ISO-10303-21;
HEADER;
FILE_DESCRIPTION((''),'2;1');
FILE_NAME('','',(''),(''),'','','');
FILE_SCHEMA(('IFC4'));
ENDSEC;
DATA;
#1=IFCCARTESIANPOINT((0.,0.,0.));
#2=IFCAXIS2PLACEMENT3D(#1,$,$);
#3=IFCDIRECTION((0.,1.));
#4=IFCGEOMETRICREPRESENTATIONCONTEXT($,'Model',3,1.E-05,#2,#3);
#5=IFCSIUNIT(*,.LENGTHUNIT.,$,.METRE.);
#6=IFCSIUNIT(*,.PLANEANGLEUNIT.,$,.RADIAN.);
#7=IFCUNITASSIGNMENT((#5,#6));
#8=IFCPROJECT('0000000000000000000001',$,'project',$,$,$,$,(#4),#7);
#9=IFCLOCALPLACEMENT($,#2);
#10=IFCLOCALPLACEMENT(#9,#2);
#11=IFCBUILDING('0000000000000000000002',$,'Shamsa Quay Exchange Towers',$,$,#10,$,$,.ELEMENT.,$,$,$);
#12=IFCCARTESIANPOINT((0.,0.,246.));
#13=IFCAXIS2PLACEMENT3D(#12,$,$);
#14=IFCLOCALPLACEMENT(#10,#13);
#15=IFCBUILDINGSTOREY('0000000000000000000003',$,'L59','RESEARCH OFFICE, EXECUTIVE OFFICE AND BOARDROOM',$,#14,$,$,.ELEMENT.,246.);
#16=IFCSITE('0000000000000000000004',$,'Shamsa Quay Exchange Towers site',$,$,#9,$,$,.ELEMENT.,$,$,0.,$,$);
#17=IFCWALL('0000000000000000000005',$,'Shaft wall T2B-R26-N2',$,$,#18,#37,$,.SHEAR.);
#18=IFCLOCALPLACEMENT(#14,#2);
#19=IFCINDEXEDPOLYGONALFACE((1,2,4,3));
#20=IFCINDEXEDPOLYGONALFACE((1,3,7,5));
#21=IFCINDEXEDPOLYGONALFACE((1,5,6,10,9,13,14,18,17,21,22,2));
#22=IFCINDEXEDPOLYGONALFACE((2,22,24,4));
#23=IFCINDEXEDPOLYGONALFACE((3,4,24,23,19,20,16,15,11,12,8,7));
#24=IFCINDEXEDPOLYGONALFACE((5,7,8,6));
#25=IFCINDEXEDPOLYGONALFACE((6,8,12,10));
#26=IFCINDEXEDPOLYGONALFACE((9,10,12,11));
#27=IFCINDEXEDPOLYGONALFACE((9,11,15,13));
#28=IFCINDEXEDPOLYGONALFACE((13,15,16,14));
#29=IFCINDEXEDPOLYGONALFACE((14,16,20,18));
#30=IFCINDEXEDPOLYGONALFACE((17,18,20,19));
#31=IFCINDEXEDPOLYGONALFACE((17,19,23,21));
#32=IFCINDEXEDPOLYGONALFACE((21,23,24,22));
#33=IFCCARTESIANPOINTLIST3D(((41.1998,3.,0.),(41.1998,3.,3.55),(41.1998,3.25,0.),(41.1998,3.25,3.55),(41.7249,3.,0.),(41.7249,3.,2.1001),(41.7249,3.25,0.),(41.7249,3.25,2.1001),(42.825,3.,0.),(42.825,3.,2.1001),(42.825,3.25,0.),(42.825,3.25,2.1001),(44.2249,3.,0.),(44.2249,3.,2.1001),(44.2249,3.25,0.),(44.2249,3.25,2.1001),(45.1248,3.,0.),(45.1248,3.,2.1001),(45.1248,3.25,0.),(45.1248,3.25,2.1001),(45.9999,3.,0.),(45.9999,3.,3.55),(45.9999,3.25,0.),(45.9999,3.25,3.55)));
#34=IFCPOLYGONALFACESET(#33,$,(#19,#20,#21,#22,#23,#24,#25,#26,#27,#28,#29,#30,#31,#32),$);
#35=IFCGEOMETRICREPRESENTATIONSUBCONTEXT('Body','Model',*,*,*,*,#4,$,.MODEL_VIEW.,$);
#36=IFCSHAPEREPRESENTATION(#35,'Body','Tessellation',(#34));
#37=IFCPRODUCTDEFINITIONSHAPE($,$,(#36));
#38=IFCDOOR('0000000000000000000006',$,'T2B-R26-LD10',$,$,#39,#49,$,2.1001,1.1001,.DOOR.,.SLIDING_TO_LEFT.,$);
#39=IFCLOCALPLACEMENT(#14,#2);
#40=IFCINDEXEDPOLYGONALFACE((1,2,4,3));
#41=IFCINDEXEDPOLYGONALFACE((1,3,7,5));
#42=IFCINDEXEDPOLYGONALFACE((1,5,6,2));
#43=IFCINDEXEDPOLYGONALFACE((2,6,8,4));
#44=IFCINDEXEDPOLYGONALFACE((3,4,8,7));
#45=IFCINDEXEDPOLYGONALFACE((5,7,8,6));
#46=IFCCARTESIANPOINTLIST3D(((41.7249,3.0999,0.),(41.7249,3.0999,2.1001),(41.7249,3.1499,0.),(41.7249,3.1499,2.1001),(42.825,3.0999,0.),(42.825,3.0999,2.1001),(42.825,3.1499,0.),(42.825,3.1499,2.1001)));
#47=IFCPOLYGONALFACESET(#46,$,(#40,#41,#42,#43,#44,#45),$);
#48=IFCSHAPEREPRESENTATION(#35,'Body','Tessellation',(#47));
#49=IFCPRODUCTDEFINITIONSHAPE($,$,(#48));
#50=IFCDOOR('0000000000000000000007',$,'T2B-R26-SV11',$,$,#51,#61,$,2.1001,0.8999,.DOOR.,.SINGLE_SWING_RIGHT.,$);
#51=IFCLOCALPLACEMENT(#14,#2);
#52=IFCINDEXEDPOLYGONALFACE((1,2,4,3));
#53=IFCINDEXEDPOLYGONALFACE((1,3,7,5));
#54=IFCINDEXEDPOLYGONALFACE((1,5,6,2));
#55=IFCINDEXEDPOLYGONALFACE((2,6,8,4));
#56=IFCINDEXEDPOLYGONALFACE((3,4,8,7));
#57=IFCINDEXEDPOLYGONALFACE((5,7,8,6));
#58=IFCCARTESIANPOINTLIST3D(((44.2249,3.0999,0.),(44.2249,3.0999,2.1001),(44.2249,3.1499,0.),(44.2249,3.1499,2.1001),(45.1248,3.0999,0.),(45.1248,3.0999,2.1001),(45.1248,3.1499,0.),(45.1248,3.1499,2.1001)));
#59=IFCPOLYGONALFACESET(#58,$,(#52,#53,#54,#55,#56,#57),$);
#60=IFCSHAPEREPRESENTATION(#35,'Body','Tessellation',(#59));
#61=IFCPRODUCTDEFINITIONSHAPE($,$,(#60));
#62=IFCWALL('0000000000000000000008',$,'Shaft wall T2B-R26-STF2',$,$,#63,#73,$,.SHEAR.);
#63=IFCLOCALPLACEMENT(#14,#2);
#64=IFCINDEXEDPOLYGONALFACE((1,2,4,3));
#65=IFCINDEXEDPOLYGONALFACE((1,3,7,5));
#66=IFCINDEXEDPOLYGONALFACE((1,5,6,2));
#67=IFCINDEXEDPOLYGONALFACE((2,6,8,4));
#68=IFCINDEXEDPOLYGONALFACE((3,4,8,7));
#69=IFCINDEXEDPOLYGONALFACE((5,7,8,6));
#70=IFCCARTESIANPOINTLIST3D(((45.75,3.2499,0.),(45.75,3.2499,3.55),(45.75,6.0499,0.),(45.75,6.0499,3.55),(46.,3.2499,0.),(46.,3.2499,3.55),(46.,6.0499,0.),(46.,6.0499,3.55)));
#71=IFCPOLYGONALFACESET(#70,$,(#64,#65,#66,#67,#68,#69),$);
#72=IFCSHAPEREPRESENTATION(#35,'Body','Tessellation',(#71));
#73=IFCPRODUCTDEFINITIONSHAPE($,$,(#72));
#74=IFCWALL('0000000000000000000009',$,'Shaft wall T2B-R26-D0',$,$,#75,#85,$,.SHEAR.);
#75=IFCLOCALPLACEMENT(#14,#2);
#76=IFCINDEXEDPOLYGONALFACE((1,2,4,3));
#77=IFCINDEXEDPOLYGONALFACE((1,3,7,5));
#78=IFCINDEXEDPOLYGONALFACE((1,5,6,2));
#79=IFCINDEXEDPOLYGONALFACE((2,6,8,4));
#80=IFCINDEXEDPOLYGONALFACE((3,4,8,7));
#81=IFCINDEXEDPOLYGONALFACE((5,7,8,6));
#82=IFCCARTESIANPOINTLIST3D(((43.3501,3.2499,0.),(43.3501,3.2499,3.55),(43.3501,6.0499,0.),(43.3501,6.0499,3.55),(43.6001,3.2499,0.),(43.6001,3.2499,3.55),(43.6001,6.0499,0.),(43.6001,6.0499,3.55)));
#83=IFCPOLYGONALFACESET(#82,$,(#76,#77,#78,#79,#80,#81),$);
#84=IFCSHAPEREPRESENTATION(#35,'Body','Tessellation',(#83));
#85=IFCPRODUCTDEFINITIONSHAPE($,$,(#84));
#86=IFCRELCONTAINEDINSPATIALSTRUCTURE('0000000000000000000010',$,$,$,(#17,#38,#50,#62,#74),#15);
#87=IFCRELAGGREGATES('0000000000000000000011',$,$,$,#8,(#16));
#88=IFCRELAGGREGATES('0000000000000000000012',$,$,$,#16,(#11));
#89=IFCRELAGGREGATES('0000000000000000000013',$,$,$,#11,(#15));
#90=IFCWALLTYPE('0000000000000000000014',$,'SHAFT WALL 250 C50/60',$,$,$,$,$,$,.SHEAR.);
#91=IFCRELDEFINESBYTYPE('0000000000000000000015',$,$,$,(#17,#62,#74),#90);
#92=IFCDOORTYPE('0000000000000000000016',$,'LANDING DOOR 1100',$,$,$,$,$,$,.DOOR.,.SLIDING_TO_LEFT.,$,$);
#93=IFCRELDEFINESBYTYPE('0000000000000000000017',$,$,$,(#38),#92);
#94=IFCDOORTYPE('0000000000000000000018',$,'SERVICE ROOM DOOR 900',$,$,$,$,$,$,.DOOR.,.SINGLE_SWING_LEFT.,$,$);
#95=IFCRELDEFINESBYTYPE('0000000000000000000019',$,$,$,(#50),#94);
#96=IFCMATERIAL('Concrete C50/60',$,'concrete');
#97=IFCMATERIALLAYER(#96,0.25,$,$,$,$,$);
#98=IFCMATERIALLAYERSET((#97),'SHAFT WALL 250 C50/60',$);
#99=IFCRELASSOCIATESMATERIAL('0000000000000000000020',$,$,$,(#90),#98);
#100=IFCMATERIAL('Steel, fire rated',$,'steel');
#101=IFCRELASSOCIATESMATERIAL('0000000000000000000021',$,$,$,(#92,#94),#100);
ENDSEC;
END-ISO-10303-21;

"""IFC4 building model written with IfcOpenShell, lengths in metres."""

from ifc_helpers import new_model, si_unit, direction, frame, frame_2d, origin, place, context, subcontext, project, spatial, rectangle, extrude, material, layer, layer_set, type_object, element, fill, save


model = new_model("IFC4")

# Units and contexts
model_context = context("Model", 3, precision=1e-05, world=origin(), true_north=direction((0.0, 1.0)))
body_context = subcontext(model_context, "Body", "Model", "MODEL_VIEW")
ifc_project = project(units=[si_unit("LENGTHUNIT", "METRE"), si_unit("PLANEANGLEUNIT", "RADIAN")], contexts=[model_context])

# Site, building, storey
site_placement = place(None, origin())
site = spatial("IfcSite", under=ifc_project, at=site_placement, Name="Shamsa Quay Exchange Towers site", CompositionType="ELEMENT", RefElevation=0.0)
building_placement = place(site_placement, origin())
building = spatial("IfcBuilding", under=site, at=building_placement, Name="Shamsa Quay Exchange Towers", CompositionType="ELEMENT")
storey_placement = place(building_placement, frame((0.0, 0.0, 246.0)))
storey = spatial("IfcBuildingStorey", under=building, at=storey_placement, Name="L59", Description="RESEARCH OFFICE, EXECUTIVE OFFICE AND BOARDROOM", CompositionType="ELEMENT", Elevation=246.0)

# Wall, openings, doors
ifc_material_1 = material(Name="Concrete C50/60", Category="concrete")
ifc_layer_1 = layer(ifc_material_1, 0.25)
ifc_layer_set_1 = layer_set([ifc_layer_1], Name="SHAFT WALL 250 C50/60")
wall_type_1 = type_object("IfcWallType", Name="SHAFT WALL 250 C50/60", PredefinedType="SHEAR", material=ifc_layer_set_1)
wall_1_placement = place(storey_placement, frame((41.2, 3.125, 0.0)))
wall_1 = element("IfcWall", 1, at=wall_1_placement, inside=storey, type_object=wall_type_1, Name="Shaft wall T2B-R26-N2", PredefinedType="SHEAR", context=body_context, shape_type="SweptSolid", body=[
    extrude(rectangle(XDim=4.8, YDim=0.25, at=frame_2d((2.3999, 0.0))), origin(), (0.0, 0.0, 1.0), 3.55),
])
opening_1_placement = place(wall_1_placement, frame((0.5249, 0.0, 0.0)))
opening_1 = element("IfcOpeningElement", 2, at=opening_1_placement, cuts=wall_1, PredefinedType="OPENING", context=body_context, shape_type="SweptSolid", body=[
    extrude(rectangle(XDim=1.1001, YDim=2.1001, at=frame_2d((0.55, 1.05))), frame((0.0, 0.135, 0.0), z_axis=(0.0, -1.0, 0.0), x_axis=(1.0, 0.0, 0.0)), (0.0, 0.0, 1.0), 0.27),
])
opening_2_placement = place(wall_1_placement, frame((3.0249, 0.0, 0.0)))
opening_2 = element("IfcOpeningElement", 3, at=opening_2_placement, cuts=wall_1, PredefinedType="OPENING", context=body_context, shape_type="SweptSolid", body=[
    extrude(rectangle(XDim=0.8999, YDim=2.1001, at=frame_2d((0.45, 1.05))), frame((0.0, 0.135, 0.0), z_axis=(0.0, -1.0, 0.0), x_axis=(1.0, 0.0, 0.0)), (0.0, 0.0, 1.0), 0.27),
])
ifc_material_2 = material(Name="Steel, fire rated", Category="steel")
door_type_1 = type_object("IfcDoorType", Name="LANDING DOOR 1100", OperationType="SLIDING_TO_LEFT", PredefinedType="DOOR", material=ifc_material_2)
door_1_placement = place(opening_1_placement, origin())
door_1 = element("IfcDoor", 4, at=door_1_placement, inside=storey, type_object=door_type_1, Name="T2B-R26-LD10", OperationType="SLIDING_TO_LEFT", OverallHeight=2.1001, OverallWidth=1.1001, PredefinedType="DOOR", context=body_context, shape_type="SweptSolid", body=[
    extrude(rectangle(XDim=1.1001, YDim=2.1001, at=frame_2d((0.55, 1.05))), frame((0.0, 0.0249, 0.0), z_axis=(0.0, -1.0, 0.0), x_axis=(1.0, 0.0, 0.0)), (0.0, 0.0, 1.0), 0.05),
])
fill(opening_1, door_1)
door_type_2 = type_object("IfcDoorType", Name="SERVICE ROOM DOOR 900", OperationType="SINGLE_SWING_LEFT", PredefinedType="DOOR", material=ifc_material_2)
door_2_placement = place(opening_2_placement, origin())
door_2 = element("IfcDoor", 5, at=door_2_placement, inside=storey, type_object=door_type_2, Name="T2B-R26-SV11", OperationType="SINGLE_SWING_RIGHT", OverallHeight=2.1001, OverallWidth=0.8999, PredefinedType="DOOR", context=body_context, shape_type="SweptSolid", body=[
    extrude(rectangle(XDim=0.8999, YDim=2.1001, at=frame_2d((0.45, 1.05))), frame((0.0, 0.0249, 0.0), z_axis=(0.0, -1.0, 0.0), x_axis=(1.0, 0.0, 0.0)), (0.0, 0.0, 1.0), 0.05),
])
fill(opening_2, door_2)

# Walls
for number, where, z_axis, x_axis, name in (
    (6, (45.875, 3.25, 0.0), (0.0, 0.0, 1.0), (0.0, 1.0, 0.0), "Shaft wall T2B-R26-STF2"),
    (7, (43.4751, 3.25, 0.0), (0.0, 0.0, 1.0), (0.0, 1.0, 0.0), "Shaft wall T2B-R26-D0"),
):
    element("IfcWall", number, at=place(storey_placement, frame(where, z_axis=z_axis, x_axis=x_axis)), inside=storey, type_object=wall_type_1, Name=name, PredefinedType="SHEAR", context=body_context, shape_type="SweptSolid", body=[
        extrude(rectangle(XDim=2.8, YDim=0.25, at=frame_2d((1.3999, 0.0))), origin(), (0.0, 0.0, 1.0), 3.55),
    ])

save(model, "model.ifc")
